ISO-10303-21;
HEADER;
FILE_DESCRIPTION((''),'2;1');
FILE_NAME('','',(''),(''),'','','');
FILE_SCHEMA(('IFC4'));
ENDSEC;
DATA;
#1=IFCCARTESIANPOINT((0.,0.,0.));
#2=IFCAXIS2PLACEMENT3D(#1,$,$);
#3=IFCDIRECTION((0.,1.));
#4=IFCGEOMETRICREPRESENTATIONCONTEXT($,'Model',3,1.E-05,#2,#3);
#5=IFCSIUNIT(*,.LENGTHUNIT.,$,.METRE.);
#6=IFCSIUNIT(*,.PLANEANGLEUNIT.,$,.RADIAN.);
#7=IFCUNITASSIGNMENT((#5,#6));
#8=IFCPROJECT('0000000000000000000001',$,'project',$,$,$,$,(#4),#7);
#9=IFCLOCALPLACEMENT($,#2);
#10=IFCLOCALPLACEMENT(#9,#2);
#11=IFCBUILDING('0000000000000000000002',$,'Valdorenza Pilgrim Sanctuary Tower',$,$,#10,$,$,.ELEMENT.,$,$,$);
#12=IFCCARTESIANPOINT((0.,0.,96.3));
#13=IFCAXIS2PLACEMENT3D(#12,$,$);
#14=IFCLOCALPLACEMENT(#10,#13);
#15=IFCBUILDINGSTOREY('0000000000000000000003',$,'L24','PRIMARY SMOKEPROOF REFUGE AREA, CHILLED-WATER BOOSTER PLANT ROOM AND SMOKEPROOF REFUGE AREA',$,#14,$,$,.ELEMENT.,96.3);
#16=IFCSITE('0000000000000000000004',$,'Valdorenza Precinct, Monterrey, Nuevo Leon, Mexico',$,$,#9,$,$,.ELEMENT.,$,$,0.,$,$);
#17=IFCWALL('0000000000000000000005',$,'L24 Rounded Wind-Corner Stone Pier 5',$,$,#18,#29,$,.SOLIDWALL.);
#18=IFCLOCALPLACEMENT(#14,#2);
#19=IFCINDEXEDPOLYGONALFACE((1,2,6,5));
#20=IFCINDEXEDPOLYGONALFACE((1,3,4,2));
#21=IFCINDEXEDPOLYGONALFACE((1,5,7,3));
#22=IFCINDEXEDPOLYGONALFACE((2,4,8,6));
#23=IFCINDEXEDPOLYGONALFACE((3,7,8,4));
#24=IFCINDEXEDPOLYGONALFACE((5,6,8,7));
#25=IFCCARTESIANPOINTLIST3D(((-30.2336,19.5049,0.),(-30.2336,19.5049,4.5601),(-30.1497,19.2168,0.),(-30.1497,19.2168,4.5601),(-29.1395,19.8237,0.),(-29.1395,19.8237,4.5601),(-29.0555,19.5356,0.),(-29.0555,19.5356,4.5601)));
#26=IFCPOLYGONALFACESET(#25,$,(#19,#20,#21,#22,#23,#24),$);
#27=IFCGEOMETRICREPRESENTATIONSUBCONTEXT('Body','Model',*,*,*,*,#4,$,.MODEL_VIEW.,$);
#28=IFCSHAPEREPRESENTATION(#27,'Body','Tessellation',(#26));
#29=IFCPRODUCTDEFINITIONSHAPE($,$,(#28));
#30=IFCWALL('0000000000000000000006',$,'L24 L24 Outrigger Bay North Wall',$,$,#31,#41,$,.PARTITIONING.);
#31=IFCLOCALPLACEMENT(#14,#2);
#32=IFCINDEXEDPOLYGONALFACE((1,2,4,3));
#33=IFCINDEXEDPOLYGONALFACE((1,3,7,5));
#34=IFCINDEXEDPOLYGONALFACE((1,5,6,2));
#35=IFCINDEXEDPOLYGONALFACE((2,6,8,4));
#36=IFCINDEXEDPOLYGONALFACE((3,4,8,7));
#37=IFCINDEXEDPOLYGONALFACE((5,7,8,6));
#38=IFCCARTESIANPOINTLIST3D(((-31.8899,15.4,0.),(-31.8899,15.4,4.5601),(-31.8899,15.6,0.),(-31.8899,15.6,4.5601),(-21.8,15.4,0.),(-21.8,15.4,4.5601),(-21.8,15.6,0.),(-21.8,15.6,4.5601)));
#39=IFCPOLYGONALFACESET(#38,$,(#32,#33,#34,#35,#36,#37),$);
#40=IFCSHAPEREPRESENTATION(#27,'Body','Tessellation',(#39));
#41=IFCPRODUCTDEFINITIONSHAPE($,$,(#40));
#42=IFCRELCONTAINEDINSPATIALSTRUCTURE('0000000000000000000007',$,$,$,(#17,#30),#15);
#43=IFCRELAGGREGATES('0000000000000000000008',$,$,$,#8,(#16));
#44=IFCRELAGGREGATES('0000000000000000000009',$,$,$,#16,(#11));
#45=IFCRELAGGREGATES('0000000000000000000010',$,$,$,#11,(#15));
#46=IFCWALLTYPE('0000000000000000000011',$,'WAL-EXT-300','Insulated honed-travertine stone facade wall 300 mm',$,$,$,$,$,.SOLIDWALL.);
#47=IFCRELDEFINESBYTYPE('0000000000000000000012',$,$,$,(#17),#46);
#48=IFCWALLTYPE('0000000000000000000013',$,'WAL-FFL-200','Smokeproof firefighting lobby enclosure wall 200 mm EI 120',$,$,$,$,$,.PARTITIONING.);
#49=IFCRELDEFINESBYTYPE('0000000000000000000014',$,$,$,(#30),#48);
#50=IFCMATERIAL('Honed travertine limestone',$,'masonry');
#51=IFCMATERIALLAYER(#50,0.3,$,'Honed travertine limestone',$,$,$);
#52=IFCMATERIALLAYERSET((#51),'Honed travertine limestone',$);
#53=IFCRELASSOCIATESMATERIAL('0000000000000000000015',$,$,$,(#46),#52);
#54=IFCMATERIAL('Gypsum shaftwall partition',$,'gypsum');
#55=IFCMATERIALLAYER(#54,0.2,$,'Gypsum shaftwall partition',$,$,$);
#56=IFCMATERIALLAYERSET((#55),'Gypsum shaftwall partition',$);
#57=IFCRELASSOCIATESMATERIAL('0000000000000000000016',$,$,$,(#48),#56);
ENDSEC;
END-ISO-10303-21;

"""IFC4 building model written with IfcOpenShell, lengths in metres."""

from ifc_helpers import new_model, si_unit, direction, frame, frame_2d, origin, place, context, subcontext, project, spatial, rectangle, extrude, material, layer, layer_set, type_object, element, save


model = new_model("IFC4")

# Units and contexts
model_context = context("Model", 3, precision=1e-05, world=origin(), true_north=direction((0.0, 1.0)))
body_context = subcontext(model_context, "Body", "Model", "MODEL_VIEW")
ifc_project = project(units=[si_unit("LENGTHUNIT", "METRE"), si_unit("PLANEANGLEUNIT", "RADIAN")], contexts=[model_context])

# Site, building, storey
site_placement = place(None, origin())
site = spatial("IfcSite", under=ifc_project, at=site_placement, Name="Valdorenza Precinct, Monterrey, Nuevo Leon, Mexico", CompositionType="ELEMENT", RefElevation=0.0)
building_placement = place(site_placement, origin())
building = spatial("IfcBuilding", under=site, at=building_placement, Name="Valdorenza Pilgrim Sanctuary Tower", CompositionType="ELEMENT")
storey_placement = place(building_placement, frame((0.0, 0.0, 96.3)))
storey = spatial("IfcBuildingStorey", under=building, at=storey_placement, Name="L24", Description="PRIMARY SMOKEPROOF REFUGE AREA, CHILLED-WATER BOOSTER PLANT ROOM AND SMOKEPROOF REFUGE AREA", CompositionType="ELEMENT", Elevation=96.3)

# Shared definitions
ifc_material_1 = material(Name="Honed travertine limestone", Category="masonry")

# Walls
ifc_layer_1 = layer(ifc_material_1, 0.3, Name="Honed travertine limestone")
ifc_layer_set_1 = layer_set([ifc_layer_1], Name="Honed travertine limestone")
wall_type_1 = type_object("IfcWallType", Name="WAL-EXT-300", Description="Insulated honed-travertine stone facade wall 300 mm", PredefinedType="SOLIDWALL", material=ifc_layer_set_1)
wall_1_placement = place(storey_placement, frame((-30.1917, 19.3608, 0.0), z_axis=(0.0, 0.0, 1.0), x_axis=(0.960072, 0.279753, 0.0)))
element("IfcWall", 1, at=wall_1_placement, inside=storey, type_object=wall_type_1, Name="L24 Rounded Wind-Corner Stone Pier 5", PredefinedType="SOLIDWALL", context=body_context, shape_type="SweptSolid", body=[
    extrude(rectangle(XDim=1.1396, YDim=0.3, at=frame_2d((0.5698, 0.0))), origin(), (0.0, 0.0, 1.0), 4.5601),
])
ifc_material_2 = material(Name="Gypsum shaftwall partition", Category="gypsum")
ifc_layer_2 = layer(ifc_material_2, 0.2, Name="Gypsum shaftwall partition")
ifc_layer_set_2 = layer_set([ifc_layer_2], Name="Gypsum shaftwall partition")
wall_type_2 = type_object("IfcWallType", Name="WAL-FFL-200", Description="Smokeproof firefighting lobby enclosure wall 200 mm EI 120", PredefinedType="PARTITIONING", material=ifc_layer_set_2)
wall_2_placement = place(storey_placement, frame((-31.8899, 15.5, 0.0), z_axis=(0.0, 0.0, 1.0), x_axis=(1.0, 0.0, 0.0)))
element("IfcWall", 2, at=wall_2_placement, inside=storey, type_object=wall_type_2, Name="L24 L24 Outrigger Bay North Wall", PredefinedType="PARTITIONING", context=body_context, shape_type="SweptSolid", body=[
    extrude(rectangle(XDim=10.0898, YDim=0.2, at=frame_2d((5.0449, 0.0))), origin(), (0.0, 0.0, 1.0), 4.5601),
])

save(model, "model.ifc")
